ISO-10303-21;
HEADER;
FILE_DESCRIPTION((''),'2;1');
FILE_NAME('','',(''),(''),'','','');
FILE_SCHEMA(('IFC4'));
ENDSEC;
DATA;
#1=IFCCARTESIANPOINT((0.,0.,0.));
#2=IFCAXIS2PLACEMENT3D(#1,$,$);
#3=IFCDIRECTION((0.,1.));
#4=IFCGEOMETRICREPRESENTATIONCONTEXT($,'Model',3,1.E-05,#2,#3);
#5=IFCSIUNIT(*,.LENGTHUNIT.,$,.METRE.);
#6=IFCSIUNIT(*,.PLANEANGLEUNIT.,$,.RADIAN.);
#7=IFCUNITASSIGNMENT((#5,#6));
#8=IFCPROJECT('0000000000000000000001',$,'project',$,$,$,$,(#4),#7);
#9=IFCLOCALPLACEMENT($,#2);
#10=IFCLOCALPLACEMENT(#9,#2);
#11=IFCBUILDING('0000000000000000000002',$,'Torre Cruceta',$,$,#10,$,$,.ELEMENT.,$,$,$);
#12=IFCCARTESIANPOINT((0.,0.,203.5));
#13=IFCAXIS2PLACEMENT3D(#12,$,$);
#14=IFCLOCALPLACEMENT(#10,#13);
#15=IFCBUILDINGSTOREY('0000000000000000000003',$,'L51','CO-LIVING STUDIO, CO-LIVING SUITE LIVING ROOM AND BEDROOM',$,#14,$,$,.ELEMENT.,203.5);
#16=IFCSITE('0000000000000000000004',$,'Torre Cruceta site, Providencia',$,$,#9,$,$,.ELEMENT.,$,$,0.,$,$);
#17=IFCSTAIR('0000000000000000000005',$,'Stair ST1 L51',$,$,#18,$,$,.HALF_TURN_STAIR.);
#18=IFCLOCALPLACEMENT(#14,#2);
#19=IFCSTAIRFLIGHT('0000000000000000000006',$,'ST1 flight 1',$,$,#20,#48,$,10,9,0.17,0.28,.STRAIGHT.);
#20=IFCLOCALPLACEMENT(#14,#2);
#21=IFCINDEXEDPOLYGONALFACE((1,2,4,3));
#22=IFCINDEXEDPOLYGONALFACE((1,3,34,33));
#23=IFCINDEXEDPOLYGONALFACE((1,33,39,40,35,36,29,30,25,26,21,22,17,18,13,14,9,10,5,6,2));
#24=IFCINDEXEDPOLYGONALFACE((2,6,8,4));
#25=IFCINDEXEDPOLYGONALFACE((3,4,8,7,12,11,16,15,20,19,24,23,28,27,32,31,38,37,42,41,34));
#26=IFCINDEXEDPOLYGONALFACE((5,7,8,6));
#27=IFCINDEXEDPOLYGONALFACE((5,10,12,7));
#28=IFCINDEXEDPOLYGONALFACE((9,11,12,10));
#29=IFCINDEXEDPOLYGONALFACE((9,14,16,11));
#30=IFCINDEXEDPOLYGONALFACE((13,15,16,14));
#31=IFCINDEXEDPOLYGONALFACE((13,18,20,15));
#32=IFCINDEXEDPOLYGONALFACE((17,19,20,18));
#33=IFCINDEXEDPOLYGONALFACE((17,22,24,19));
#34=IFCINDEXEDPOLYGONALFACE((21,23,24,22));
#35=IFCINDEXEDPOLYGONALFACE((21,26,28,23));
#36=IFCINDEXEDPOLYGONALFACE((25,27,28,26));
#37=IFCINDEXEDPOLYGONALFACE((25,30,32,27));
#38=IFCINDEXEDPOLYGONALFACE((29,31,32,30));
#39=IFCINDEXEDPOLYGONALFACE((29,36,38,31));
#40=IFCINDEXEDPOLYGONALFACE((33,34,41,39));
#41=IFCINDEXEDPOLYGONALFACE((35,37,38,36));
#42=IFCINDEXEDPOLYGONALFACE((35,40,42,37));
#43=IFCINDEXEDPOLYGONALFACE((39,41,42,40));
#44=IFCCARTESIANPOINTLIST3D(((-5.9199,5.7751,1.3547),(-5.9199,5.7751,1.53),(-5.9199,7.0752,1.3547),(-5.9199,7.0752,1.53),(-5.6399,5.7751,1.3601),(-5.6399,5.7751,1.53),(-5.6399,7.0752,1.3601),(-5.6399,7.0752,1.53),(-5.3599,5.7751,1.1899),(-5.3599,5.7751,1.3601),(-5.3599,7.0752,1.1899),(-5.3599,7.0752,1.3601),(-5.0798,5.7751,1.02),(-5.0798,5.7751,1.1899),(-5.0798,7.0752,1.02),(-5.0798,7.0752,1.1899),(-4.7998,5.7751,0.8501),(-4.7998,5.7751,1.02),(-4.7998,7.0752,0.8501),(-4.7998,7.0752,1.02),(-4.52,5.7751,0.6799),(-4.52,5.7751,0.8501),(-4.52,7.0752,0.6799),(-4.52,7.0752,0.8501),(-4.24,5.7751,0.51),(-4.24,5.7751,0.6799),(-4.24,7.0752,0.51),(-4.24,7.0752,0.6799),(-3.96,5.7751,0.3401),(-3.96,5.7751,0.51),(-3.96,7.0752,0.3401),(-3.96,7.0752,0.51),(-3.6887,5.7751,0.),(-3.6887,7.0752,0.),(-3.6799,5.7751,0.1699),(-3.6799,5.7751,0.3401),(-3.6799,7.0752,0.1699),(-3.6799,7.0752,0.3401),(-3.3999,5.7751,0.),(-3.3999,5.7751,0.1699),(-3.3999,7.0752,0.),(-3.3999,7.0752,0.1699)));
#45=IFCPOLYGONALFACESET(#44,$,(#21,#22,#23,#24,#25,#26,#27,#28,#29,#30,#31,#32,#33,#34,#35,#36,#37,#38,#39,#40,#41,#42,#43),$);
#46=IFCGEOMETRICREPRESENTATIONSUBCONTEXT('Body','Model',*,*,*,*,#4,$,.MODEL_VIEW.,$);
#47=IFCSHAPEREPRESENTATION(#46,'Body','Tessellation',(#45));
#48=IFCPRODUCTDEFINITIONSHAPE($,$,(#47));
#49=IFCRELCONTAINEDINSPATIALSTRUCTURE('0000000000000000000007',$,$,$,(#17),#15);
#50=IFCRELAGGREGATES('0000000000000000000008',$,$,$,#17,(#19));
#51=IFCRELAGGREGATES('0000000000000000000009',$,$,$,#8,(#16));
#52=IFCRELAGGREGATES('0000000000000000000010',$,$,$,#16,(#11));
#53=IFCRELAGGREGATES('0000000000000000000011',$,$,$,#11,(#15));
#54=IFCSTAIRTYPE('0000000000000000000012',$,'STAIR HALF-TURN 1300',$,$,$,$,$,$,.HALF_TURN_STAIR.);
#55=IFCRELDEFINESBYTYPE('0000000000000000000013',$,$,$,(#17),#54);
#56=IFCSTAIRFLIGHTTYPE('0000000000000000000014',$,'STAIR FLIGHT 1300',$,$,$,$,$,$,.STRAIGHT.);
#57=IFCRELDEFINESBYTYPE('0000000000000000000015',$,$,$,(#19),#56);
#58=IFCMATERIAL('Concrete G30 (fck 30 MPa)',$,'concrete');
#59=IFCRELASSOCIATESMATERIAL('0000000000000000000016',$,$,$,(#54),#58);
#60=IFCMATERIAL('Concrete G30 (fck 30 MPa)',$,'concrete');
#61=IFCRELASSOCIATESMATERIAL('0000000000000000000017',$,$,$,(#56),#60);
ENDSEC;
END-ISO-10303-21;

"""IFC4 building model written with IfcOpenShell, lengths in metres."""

from ifc_helpers import new_model, si_unit, direction, frame, origin, place, context, subcontext, project, spatial, polyline, outline, extrude, material, type_object, element, aggregate, save


model = new_model("IFC4")

# Units and contexts
model_context = context("Model", 3, precision=1e-05, world=origin(), true_north=direction((0.0, 1.0)))
body_context = subcontext(model_context, "Body", "Model", "MODEL_VIEW")
ifc_project = project(units=[si_unit("LENGTHUNIT", "METRE"), si_unit("PLANEANGLEUNIT", "RADIAN")], contexts=[model_context])

# Site, building, storey
site_placement = place(None, origin())
site = spatial("IfcSite", under=ifc_project, at=site_placement, Name="Torre Cruceta site, Providencia", CompositionType="ELEMENT", RefElevation=0.0)
building_placement = place(site_placement, origin())
building = spatial("IfcBuilding", under=site, at=building_placement, Name="Torre Cruceta", CompositionType="ELEMENT")
storey_placement = place(building_placement, frame((0.0, 0.0, 203.5)))
storey = spatial("IfcBuildingStorey", under=building, at=storey_placement, Name="L51", Description="CO-LIVING STUDIO, CO-LIVING SUITE LIVING ROOM AND BEDROOM", CompositionType="ELEMENT", Elevation=203.5)

# Stair, stair flight
ifc_material_1 = material(Name="Concrete G30 (fck 30 MPa)", Category="concrete")
stair_type = type_object("IfcStairType", Name="STAIR HALF-TURN 1300", PredefinedType="HALF_TURN_STAIR", material=ifc_material_1)
stair_placement = place(storey_placement, origin())
stair = element("IfcStair", 1, at=stair_placement, inside=storey, type_object=stair_type, Name="Stair ST1 L51", PredefinedType="HALF_TURN_STAIR")
ifc_material_2 = material(Name="Concrete G30 (fck 30 MPa)", Category="concrete")
stair_flight_type = type_object("IfcStairFlightType", Name="STAIR FLIGHT 1300", PredefinedType="STRAIGHT", material=ifc_material_2)
stair_flight_placement = place(storey_placement, frame((-3.3999, 6.425, 0.0), z_axis=(0.0, 0.0, 1.0), x_axis=(-1.0, 0.0, 0.0)))
stair_flight = element("IfcStairFlight", 2, at=stair_flight_placement, type_object=stair_flight_type, Name="ST1 flight 1", NumberOfRisers=10, NumberOfTreads=9, PredefinedType="STRAIGHT", RiserHeight=0.17, TreadLength=0.28, context=body_context, shape_type="SweptSolid", body=[
    extrude(outline(polyline([(0.0, 0.0), (0.0, 0.1699), (0.28, 0.1699), (0.28, 0.3401), (0.5601, 0.3401), (0.5601, 0.51), (0.8401, 0.51), (0.8401, 0.6799), (1.1201, 0.6799), (1.1201, 0.8501), (1.3999, 0.8501), (1.3999, 1.02), (1.6799, 1.02), (1.6799, 1.1899), (1.96, 1.1899), (1.96, 1.3601), (2.24, 1.3601), (2.24, 1.53), (2.52, 1.53), (2.52, 1.7), (2.52, 1.3547), (0.2888, 0.0), (0.0, 0.0)])), frame((0.0, 0.6499, 0.0), z_axis=(0.0, -1.0, 0.0), x_axis=(1.0, 0.0, 0.0)), (0.0, 0.0, 1.0), 1.3),
])
aggregate(stair, [stair_flight])

save(model, "model.ifc")
